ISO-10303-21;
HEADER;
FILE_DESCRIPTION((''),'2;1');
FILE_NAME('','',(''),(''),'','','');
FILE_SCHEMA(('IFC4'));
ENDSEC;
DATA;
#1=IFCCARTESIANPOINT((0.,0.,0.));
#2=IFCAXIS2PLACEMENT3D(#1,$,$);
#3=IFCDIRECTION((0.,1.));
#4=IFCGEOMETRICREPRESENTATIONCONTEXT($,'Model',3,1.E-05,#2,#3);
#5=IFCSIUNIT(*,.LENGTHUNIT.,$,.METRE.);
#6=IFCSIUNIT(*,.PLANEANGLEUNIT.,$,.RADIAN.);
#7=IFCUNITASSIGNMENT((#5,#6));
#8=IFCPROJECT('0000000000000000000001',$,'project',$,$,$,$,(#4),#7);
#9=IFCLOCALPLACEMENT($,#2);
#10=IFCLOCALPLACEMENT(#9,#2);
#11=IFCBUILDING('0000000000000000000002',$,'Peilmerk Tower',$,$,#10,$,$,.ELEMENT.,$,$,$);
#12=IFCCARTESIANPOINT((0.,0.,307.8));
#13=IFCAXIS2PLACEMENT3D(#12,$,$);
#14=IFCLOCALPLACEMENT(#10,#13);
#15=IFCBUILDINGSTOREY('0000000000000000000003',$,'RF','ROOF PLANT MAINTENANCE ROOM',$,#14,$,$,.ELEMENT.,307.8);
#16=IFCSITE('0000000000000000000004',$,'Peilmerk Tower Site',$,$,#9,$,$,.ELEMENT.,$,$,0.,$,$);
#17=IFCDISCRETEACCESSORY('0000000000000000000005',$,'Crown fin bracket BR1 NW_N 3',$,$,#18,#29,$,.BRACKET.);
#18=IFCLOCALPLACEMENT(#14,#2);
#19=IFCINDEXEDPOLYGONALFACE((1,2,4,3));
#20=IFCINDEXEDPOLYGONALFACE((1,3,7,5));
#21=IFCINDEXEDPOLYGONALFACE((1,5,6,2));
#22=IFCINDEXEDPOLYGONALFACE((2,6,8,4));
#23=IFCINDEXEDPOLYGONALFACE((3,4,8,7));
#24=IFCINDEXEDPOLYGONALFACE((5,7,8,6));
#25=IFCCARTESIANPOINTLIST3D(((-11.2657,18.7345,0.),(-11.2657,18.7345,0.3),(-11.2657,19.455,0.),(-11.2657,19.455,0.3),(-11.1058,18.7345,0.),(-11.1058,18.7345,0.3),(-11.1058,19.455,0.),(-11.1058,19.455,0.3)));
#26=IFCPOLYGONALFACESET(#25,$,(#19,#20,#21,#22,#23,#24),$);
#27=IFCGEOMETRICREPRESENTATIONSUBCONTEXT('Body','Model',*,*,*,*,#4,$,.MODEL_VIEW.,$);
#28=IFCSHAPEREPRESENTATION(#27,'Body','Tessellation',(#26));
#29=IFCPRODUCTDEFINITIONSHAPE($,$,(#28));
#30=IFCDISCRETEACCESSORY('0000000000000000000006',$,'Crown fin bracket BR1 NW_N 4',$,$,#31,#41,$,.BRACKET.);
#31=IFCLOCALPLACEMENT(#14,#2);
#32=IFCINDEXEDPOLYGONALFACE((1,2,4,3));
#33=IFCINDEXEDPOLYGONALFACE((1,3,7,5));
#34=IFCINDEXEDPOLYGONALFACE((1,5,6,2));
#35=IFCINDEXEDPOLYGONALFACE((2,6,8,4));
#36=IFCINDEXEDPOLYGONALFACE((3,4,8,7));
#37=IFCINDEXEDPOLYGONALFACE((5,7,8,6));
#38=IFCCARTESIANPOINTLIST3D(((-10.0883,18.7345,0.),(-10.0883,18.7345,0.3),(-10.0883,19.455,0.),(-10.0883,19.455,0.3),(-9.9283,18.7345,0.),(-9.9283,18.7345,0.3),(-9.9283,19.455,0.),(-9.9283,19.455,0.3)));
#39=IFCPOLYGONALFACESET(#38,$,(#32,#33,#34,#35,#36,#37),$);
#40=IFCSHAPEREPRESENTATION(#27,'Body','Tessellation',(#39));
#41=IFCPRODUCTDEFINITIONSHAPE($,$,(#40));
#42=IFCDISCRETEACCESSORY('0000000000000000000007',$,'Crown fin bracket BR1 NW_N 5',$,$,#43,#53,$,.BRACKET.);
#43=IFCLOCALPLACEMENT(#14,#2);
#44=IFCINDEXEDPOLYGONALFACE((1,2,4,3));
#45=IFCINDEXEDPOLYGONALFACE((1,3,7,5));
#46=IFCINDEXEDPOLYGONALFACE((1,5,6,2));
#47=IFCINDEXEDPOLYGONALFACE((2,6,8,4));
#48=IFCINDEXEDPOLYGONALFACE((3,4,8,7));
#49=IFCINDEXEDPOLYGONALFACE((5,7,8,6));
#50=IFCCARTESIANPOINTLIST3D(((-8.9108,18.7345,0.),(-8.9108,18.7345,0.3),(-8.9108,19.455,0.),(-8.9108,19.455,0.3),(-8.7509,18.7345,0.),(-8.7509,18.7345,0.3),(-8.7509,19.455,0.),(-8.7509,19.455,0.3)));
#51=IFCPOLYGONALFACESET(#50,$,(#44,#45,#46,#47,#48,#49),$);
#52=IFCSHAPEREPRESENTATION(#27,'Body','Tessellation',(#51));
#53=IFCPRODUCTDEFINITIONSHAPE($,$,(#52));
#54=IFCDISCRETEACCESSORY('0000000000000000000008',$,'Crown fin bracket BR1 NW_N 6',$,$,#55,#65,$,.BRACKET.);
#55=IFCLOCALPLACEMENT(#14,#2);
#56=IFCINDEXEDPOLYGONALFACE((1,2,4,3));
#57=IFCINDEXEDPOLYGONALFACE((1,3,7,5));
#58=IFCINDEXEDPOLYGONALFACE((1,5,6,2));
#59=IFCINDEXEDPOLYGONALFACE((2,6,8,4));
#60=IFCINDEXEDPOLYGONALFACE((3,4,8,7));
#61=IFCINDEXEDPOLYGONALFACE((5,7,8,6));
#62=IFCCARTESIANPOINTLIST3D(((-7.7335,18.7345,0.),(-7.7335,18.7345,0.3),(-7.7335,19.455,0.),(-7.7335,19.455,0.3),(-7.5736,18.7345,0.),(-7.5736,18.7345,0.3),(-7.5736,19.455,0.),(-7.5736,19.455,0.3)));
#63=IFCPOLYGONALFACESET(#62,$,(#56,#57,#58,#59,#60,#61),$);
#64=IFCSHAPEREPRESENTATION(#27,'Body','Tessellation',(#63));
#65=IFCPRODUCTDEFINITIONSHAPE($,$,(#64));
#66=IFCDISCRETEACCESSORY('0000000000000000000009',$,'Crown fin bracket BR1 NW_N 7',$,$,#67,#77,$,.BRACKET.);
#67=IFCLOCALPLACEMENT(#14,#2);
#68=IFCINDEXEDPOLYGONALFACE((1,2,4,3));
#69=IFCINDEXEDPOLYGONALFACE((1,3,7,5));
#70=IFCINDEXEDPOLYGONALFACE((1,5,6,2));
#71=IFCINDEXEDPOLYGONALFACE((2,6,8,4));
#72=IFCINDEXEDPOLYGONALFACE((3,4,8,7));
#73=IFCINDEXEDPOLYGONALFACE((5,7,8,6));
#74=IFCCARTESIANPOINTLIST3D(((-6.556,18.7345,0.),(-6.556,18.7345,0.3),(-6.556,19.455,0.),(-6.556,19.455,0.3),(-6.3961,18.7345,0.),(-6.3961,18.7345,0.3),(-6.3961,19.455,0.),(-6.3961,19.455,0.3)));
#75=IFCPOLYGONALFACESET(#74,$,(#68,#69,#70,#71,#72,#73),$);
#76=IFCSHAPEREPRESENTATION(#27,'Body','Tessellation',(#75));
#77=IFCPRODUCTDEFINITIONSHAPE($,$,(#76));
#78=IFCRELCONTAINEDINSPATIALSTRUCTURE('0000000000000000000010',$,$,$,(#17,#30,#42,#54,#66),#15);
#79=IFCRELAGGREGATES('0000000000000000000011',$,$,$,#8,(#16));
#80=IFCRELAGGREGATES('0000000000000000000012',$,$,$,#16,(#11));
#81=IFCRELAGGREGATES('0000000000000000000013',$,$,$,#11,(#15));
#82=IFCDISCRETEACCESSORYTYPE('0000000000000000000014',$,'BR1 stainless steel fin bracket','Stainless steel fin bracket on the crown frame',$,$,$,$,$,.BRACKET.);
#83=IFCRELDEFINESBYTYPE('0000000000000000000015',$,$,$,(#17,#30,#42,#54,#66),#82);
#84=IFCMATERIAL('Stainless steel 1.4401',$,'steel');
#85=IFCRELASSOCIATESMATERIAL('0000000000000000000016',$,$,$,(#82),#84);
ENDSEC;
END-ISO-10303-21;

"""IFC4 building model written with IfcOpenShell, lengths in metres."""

from ifc_helpers import new_model, si_unit, direction, frame, origin, origin_2d, place, context, subcontext, project, spatial, rectangle, extrude, source, transform, mapped, material, type_object, element, save


model = new_model("IFC4")

# Units and contexts
model_context = context("Model", 3, precision=1e-05, world=origin(), true_north=direction((0.0, 1.0)))
body_context = subcontext(model_context, "Body", "Model", "MODEL_VIEW")
ifc_project = project(units=[si_unit("LENGTHUNIT", "METRE"), si_unit("PLANEANGLEUNIT", "RADIAN")], contexts=[model_context])

# Site, building, storey
site_placement = place(None, origin())
site = spatial("IfcSite", under=ifc_project, at=site_placement, Name="Peilmerk Tower Site", CompositionType="ELEMENT", RefElevation=0.0)
building_placement = place(site_placement, origin())
building = spatial("IfcBuilding", under=site, at=building_placement, Name="Peilmerk Tower", CompositionType="ELEMENT")
storey_placement = place(building_placement, frame((0.0, 0.0, 307.8)))
storey = spatial("IfcBuildingStorey", under=building, at=storey_placement, Name="RF", Description="ROOF PLANT MAINTENANCE ROOM", CompositionType="ELEMENT", Elevation=307.8)

# Discrete accessories
ifc_material_1 = material(Name="Stainless steel 1.4401", Category="steel")
discrete_accessory_type = type_object("IfcDiscreteAccessoryType", Name="BR1 stainless steel fin bracket", Description="Stainless steel fin bracket on the crown frame", PredefinedType="BRACKET", material=ifc_material_1)
shared_shape_1 = source(origin(), body_context, "Body", "SweptSolid", [
    extrude(rectangle(XDim=0.7205, YDim=0.1599, at=origin_2d()), origin(), (0.0, 0.0, 1.0), 0.3),
])
for number, where, z_axis, x_axis, name in (
    (1, (-11.1858, 19.0947, 0.0), (0.0, 0.0, 1.0), (0.0, 1.0, 0.0), "Crown fin bracket BR1 NW_N 3"),
    (2, (-10.0083, 19.0947, 0.0), (0.0, 0.0, 1.0), (0.0, 1.0, 0.0), "Crown fin bracket BR1 NW_N 4"),
    (3, (-8.8308, 19.0947, 0.0), (0.0, 0.0, 1.0), (0.0, 1.0, 0.0), "Crown fin bracket BR1 NW_N 5"),
    (4, (-7.6536, 19.0947, 0.0), (0.0, 0.0, 1.0), (0.0, 1.0, 0.0), "Crown fin bracket BR1 NW_N 6"),
    (5, (-6.4761, 19.0947, 0.0), (0.0, 0.0, 1.0), (0.0, 1.0, 0.0), "Crown fin bracket BR1 NW_N 7"),
):
    element("IfcDiscreteAccessory", number, at=place(storey_placement, frame(where, z_axis=z_axis, x_axis=x_axis)), inside=storey, type_object=discrete_accessory_type, Name=name, PredefinedType="BRACKET", context=body_context, shape_type="MappedRepresentation", body=[
        mapped(shared_shape_1, transform((0.0, 0.0, 0.0), scale=1.0)),
    ])

save(model, "model.ifc")
